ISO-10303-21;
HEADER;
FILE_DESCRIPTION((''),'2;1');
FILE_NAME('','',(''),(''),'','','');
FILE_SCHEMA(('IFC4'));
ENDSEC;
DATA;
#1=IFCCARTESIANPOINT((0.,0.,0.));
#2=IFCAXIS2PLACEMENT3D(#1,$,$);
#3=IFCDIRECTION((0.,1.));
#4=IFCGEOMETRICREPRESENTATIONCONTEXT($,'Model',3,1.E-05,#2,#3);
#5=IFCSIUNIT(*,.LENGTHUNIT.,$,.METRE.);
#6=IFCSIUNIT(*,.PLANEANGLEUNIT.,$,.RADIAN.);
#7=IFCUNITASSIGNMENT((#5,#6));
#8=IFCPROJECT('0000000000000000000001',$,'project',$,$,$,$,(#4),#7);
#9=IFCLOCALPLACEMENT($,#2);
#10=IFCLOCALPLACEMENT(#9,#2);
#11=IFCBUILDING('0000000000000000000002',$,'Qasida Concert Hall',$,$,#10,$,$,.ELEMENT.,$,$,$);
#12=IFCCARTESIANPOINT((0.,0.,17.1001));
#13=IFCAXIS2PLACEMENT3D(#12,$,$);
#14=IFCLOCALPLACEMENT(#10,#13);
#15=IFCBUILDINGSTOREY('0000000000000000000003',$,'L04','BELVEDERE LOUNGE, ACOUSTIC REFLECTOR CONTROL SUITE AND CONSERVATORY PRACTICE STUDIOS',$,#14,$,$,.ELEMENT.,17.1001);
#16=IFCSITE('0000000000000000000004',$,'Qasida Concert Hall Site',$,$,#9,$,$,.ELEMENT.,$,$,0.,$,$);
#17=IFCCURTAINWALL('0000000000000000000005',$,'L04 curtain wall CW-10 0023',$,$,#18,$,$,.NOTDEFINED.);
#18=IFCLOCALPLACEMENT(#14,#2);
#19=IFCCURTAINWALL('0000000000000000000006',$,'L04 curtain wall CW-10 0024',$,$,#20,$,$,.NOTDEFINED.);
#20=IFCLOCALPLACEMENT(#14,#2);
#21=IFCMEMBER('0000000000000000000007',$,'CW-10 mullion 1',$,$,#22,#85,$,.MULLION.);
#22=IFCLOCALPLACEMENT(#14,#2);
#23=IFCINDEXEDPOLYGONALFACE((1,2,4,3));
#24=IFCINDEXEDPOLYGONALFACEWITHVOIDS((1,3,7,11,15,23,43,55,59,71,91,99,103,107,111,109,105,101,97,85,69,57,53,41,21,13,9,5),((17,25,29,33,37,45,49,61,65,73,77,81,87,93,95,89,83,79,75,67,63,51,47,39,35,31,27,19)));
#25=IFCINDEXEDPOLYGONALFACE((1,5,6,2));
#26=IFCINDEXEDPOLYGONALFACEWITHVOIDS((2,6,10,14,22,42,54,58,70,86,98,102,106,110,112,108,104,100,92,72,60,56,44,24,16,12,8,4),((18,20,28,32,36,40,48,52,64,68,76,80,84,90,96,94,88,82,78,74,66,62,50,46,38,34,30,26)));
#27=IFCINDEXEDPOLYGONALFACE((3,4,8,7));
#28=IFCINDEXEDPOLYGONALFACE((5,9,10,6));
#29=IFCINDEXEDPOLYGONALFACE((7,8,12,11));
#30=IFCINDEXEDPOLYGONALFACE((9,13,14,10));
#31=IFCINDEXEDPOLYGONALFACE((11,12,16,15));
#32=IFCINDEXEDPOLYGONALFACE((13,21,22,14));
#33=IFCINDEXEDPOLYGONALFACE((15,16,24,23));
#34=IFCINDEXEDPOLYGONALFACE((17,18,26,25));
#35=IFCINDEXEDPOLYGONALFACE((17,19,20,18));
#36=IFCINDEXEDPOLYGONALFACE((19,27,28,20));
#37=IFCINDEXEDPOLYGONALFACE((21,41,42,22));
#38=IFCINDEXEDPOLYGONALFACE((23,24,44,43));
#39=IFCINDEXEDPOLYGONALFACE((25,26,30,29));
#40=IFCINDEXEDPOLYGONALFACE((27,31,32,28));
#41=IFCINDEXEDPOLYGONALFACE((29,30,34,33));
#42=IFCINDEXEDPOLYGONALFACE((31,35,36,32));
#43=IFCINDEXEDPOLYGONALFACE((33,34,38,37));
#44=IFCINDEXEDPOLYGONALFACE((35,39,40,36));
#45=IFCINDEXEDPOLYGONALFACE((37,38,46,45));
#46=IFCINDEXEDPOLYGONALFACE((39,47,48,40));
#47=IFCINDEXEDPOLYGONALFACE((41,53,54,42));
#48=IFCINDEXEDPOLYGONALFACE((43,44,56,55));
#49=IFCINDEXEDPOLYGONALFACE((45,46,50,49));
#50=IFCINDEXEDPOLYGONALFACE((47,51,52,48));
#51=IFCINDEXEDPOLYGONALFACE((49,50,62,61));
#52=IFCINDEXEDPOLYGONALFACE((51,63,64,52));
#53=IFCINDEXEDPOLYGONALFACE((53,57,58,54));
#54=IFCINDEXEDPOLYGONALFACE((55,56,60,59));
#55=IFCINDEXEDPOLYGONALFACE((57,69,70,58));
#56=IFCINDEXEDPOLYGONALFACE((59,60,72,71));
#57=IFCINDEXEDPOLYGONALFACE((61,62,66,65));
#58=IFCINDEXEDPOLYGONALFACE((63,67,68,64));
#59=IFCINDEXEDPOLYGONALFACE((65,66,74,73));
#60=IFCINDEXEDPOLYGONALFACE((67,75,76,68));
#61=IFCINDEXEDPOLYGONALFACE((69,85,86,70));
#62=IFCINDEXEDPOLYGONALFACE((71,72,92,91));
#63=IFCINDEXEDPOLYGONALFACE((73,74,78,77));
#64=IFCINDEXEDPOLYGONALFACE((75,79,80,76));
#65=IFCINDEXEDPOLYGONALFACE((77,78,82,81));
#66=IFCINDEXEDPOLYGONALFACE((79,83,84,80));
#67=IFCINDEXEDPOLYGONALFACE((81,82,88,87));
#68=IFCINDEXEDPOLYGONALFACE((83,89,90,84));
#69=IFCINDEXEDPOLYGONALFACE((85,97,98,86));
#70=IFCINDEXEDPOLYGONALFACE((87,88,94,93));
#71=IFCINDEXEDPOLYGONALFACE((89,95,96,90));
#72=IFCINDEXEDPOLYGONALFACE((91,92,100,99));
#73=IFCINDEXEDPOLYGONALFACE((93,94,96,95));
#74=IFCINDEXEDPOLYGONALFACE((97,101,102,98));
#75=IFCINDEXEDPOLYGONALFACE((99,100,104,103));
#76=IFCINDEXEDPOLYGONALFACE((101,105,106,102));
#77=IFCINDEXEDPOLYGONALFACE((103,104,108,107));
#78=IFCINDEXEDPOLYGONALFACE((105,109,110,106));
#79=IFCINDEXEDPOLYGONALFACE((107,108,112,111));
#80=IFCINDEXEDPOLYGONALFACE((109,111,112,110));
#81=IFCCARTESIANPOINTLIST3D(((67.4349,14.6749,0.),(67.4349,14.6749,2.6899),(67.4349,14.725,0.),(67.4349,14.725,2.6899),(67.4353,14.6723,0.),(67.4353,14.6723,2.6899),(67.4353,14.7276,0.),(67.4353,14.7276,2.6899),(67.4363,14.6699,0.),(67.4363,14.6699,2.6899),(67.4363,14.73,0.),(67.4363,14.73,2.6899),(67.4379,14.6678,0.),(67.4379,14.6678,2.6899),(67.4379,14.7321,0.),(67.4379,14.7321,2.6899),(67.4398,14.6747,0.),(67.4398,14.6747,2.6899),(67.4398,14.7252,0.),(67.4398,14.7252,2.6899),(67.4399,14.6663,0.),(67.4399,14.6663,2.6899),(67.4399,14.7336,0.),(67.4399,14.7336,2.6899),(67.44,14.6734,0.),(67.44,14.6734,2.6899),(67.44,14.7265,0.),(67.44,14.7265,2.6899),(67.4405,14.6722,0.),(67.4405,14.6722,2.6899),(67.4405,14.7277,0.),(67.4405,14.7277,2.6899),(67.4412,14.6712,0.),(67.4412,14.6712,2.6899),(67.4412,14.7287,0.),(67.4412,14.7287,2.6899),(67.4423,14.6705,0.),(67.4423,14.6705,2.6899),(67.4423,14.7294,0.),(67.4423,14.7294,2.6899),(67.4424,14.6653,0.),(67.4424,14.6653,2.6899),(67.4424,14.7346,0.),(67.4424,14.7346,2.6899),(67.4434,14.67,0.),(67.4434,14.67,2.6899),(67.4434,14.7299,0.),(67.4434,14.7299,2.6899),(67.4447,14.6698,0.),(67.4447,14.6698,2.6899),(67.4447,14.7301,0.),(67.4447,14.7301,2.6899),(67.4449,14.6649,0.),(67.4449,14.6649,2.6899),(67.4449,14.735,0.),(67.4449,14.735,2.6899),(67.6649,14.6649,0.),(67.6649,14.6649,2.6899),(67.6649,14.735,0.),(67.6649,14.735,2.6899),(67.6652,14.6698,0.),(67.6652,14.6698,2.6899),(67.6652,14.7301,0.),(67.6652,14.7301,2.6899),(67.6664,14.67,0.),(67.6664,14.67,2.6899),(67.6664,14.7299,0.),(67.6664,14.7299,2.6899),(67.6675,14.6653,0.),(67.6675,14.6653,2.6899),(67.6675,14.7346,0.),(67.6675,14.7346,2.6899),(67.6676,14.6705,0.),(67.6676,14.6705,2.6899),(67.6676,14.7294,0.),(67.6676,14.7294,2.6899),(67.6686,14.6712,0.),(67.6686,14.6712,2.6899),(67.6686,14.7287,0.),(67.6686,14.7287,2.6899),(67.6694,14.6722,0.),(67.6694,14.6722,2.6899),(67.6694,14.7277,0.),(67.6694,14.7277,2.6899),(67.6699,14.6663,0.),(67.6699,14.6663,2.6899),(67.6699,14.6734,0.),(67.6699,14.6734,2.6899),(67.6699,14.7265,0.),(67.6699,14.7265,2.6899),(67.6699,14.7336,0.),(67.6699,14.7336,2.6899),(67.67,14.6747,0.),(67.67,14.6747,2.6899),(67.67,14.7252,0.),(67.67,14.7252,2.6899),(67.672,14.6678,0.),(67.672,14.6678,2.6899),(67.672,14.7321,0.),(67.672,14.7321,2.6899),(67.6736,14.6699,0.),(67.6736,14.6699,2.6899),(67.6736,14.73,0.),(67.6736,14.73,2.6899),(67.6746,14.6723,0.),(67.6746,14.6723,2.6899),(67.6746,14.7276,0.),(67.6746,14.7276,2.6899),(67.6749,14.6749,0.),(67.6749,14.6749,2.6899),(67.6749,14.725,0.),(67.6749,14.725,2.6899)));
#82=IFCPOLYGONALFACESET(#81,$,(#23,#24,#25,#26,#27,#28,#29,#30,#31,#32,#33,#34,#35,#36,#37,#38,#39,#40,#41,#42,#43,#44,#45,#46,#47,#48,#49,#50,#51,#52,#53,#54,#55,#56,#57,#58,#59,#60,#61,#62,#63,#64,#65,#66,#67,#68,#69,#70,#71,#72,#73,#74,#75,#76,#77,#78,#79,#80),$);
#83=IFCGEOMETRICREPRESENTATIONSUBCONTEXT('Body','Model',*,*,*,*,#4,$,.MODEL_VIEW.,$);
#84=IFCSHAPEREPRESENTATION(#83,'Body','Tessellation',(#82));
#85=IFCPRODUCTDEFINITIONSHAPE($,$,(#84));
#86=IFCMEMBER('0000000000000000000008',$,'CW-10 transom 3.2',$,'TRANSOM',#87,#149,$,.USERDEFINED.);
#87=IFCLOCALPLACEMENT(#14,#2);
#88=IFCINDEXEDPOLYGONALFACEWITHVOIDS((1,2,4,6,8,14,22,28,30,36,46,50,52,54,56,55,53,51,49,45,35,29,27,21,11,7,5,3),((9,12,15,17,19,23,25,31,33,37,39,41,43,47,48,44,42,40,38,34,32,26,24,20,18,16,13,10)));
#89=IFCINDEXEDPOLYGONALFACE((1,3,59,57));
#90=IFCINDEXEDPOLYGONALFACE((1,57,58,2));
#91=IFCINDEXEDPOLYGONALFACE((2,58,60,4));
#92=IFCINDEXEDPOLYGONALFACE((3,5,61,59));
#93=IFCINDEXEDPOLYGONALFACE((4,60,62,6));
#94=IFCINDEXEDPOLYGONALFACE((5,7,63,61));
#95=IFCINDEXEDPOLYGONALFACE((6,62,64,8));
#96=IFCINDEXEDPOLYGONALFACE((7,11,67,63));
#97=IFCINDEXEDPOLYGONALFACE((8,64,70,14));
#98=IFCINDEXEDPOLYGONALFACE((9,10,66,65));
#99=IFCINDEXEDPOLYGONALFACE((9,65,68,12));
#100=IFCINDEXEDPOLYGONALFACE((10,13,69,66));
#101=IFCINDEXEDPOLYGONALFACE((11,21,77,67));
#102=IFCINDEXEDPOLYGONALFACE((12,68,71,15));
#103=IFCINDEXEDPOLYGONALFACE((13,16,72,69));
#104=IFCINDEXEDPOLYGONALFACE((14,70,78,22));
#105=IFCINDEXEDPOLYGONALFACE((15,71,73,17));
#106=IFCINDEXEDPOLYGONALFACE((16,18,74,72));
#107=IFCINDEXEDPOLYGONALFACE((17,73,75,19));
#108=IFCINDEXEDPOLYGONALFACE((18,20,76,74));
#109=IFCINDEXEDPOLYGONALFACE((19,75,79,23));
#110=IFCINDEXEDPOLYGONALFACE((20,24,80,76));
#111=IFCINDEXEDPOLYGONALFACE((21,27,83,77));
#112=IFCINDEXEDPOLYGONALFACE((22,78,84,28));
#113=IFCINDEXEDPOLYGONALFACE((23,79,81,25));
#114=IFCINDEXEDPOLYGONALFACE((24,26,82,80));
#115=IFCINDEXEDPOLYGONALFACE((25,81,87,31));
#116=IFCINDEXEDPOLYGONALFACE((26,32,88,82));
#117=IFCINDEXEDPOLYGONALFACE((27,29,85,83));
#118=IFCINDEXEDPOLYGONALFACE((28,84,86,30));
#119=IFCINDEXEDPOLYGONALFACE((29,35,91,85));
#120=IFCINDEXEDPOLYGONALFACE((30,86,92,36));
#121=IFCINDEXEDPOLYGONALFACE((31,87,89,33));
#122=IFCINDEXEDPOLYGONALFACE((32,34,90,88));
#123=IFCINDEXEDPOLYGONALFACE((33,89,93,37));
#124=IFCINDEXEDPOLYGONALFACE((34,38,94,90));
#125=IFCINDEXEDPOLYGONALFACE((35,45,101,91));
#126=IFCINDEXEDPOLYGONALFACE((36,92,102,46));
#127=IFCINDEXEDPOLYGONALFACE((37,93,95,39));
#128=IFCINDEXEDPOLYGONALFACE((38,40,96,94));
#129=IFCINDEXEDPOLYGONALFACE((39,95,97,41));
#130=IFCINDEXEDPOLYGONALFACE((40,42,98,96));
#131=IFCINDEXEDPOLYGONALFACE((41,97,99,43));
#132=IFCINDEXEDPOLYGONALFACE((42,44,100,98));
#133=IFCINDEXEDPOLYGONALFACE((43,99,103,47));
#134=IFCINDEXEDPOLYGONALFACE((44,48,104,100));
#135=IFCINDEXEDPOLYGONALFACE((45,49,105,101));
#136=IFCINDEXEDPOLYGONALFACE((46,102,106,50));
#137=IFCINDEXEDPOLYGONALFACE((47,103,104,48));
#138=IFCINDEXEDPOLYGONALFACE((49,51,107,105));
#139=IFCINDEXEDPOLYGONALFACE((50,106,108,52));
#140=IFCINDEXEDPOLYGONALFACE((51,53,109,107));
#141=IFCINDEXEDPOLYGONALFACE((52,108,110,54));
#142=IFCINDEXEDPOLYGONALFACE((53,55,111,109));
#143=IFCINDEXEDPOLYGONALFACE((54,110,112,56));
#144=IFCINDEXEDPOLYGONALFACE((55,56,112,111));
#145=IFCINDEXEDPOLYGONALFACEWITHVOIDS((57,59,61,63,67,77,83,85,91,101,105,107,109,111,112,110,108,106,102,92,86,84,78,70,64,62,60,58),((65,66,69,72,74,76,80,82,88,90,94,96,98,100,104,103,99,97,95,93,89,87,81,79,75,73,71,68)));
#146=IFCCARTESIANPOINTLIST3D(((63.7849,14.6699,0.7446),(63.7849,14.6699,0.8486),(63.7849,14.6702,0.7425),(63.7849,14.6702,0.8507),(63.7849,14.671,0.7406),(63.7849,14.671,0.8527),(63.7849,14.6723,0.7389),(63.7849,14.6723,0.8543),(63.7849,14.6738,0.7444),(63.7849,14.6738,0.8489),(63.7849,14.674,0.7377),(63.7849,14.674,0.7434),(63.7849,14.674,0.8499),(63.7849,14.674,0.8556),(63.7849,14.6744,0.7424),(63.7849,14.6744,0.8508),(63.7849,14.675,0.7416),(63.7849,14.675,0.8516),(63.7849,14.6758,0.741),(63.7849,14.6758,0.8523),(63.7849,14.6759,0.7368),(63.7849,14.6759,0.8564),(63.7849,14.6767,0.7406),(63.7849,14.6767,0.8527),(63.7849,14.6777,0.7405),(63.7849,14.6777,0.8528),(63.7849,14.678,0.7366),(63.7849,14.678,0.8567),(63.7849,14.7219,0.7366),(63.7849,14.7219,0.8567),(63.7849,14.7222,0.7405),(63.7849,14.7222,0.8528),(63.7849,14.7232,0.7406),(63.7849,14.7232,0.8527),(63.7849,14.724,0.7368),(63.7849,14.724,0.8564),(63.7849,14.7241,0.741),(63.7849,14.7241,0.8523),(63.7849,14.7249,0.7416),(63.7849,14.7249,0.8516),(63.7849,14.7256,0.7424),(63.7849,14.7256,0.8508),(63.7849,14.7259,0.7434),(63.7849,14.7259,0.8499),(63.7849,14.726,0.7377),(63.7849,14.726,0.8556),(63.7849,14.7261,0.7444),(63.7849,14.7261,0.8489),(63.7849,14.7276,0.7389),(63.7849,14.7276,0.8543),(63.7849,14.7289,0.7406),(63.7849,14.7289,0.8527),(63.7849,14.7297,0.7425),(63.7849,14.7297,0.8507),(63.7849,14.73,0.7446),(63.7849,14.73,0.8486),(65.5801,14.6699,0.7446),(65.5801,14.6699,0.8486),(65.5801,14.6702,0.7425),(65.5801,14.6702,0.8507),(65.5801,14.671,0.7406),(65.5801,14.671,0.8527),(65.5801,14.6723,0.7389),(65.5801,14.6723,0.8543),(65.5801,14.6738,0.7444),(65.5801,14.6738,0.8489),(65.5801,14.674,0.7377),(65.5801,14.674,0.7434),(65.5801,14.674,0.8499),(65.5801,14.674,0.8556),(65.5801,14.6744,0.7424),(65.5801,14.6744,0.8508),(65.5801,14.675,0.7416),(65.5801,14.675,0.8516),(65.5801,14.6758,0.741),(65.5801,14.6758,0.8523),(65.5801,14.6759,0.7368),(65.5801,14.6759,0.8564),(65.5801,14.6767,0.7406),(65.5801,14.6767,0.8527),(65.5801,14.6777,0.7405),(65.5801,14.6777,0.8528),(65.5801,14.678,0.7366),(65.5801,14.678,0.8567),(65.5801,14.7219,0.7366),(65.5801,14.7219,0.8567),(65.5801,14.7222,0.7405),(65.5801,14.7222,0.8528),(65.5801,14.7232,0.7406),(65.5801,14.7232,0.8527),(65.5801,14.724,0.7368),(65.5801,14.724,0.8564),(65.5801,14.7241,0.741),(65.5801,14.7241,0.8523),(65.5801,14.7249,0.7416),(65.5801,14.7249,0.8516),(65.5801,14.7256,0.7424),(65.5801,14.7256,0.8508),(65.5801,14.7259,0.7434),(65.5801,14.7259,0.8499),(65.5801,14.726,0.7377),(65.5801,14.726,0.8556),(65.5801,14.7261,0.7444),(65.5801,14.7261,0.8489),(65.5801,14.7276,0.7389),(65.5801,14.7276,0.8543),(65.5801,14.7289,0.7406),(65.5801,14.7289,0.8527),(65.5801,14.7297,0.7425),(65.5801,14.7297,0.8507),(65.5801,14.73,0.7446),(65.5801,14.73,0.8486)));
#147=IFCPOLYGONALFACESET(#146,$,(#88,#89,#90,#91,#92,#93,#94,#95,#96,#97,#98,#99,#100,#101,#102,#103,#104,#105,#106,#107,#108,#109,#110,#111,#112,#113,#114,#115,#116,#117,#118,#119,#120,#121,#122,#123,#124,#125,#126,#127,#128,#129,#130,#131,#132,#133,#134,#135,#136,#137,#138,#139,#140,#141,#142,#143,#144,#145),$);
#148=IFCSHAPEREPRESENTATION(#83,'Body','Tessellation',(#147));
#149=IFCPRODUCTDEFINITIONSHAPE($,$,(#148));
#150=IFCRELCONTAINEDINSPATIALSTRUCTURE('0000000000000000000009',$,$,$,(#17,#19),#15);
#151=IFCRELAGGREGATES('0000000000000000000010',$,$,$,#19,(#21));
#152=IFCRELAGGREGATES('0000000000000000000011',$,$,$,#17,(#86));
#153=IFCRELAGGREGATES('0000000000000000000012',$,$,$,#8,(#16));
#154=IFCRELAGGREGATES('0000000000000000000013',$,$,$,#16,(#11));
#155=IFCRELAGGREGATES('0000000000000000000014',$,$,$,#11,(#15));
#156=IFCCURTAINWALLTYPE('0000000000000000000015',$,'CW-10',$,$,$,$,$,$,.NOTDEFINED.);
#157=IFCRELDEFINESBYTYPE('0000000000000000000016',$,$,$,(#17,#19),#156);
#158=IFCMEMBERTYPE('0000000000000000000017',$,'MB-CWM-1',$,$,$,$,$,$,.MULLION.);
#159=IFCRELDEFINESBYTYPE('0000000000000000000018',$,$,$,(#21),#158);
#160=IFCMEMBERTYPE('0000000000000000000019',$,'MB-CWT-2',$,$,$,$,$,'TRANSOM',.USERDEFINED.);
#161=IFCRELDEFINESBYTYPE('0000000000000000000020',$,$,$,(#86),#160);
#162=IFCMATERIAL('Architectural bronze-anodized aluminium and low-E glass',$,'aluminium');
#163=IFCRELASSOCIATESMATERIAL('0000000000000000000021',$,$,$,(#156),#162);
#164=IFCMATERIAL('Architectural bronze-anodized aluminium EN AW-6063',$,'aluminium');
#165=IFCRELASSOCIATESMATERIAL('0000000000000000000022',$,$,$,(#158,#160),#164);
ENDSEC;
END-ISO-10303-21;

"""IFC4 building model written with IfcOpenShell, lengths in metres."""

from ifc_helpers import new_model, si_unit, direction, frame, origin, origin_2d, place, context, subcontext, project, spatial, hollow_rectangle, extrude, material, material_profile, profile_set, type_object, element, aggregate, save


model = new_model("IFC4")

# Units and contexts
model_context = context("Model", 3, precision=1e-05, world=origin(), true_north=direction((0.0, 1.0)))
body_context = subcontext(model_context, "Body", "Model", "MODEL_VIEW")
ifc_project = project(units=[si_unit("LENGTHUNIT", "METRE"), si_unit("PLANEANGLEUNIT", "RADIAN")], contexts=[model_context])

# Site, building, storey
site_placement = place(None, origin())
site = spatial("IfcSite", under=ifc_project, at=site_placement, Name="Qasida Concert Hall Site", CompositionType="ELEMENT", RefElevation=0.0)
building_placement = place(site_placement, origin())
building = spatial("IfcBuilding", under=site, at=building_placement, Name="Qasida Concert Hall", CompositionType="ELEMENT")
storey_placement = place(building_placement, frame((0.0, 0.0, 17.1001)))
storey = spatial("IfcBuildingStorey", under=building, at=storey_placement, Name="L04", Description="BELVEDERE LOUNGE, ACOUSTIC REFLECTOR CONTROL SUITE AND CONSERVATORY PRACTICE STUDIOS", CompositionType="ELEMENT", Elevation=17.1001)

# Curtain wall
ifc_material_1 = material(Name="Architectural bronze-anodized aluminium and low-E glass", Category="aluminium")
curtain_wall_type = type_object("IfcCurtainWallType", Name="CW-10", PredefinedType="NOTDEFINED", material=ifc_material_1)
curtain_wall_1_placement = place(storey_placement, origin())
curtain_wall_1 = element("IfcCurtainWall", 1, at=curtain_wall_1_placement, inside=storey, type_object=curtain_wall_type, Name="L04 curtain wall CW-10 0023", PredefinedType="NOTDEFINED")
ifc_material_2 = material(Name="Architectural bronze-anodized aluminium EN AW-6063", Category="aluminium")
ifc_material_profile_1 = material_profile(ifc_material_2, hollow_rectangle(XDim=0.0701, YDim=0.24, WallThickness=0.0049, InnerFilletRadius=0.0049, OuterFilletRadius=0.01, at=origin_2d()), Name="CWM 240x70x5")
ifc_profile_set_1 = profile_set([ifc_material_profile_1], Name="Architectural bronze-anodized aluminium EN AW-6063")
member_type_1 = type_object("IfcMemberType", Name="MB-CWM-1", PredefinedType="MULLION", material=ifc_profile_set_1)

# Curtain wall, member
curtain_wall_2_placement = place(storey_placement, origin())
curtain_wall_2 = element("IfcCurtainWall", 2, at=curtain_wall_2_placement, inside=storey, type_object=curtain_wall_type, Name="L04 curtain wall CW-10 0024", PredefinedType="NOTDEFINED")
member_1_placement = place(storey_placement, frame((67.5549, 14.7, 0.0), z_axis=(0.0, 0.0, 1.0), x_axis=(0.0, 1.0, 0.0)))
member_1 = element("IfcMember", 3, at=member_1_placement, type_object=member_type_1, Name="CW-10 mullion 1", PredefinedType="MULLION", context=body_context, shape_type="SweptSolid", body=[
    extrude(hollow_rectangle(XDim=0.0701, YDim=0.24, WallThickness=0.0049, InnerFilletRadius=0.0049, OuterFilletRadius=0.01, at=origin_2d()), origin(), (0.0, 0.0, 1.0), 2.6899),
])

# Member
ifc_material_profile_2 = material_profile(ifc_material_2, hollow_rectangle(XDim=0.0601, YDim=0.1201, WallThickness=0.0039, InnerFilletRadius=0.0039, OuterFilletRadius=0.0081, at=origin_2d()), Name="CWT 120x60x4")
ifc_profile_set_2 = profile_set([ifc_material_profile_2], Name="Architectural bronze-anodized aluminium EN AW-6063")
member_type_2 = type_object("IfcMemberType", Name="MB-CWT-2", ElementType="TRANSOM", PredefinedType="USERDEFINED", material=ifc_profile_set_2)
member_2_placement = place(storey_placement, frame((63.7849, 14.7, 0.7966), z_axis=(1.0, 0.0, 0.0), x_axis=(0.0, 1.0, 0.0)))
member_2 = element("IfcMember", 4, at=member_2_placement, type_object=member_type_2, Name="CW-10 transom 3.2", ObjectType="TRANSOM", PredefinedType="USERDEFINED", context=body_context, shape_type="SweptSolid", body=[
    extrude(hollow_rectangle(XDim=0.0601, YDim=0.1201, WallThickness=0.0039, InnerFilletRadius=0.0039, OuterFilletRadius=0.0081, at=origin_2d()), origin(), (0.0, 0.0, 1.0), 1.7952),
])
aggregate(curtain_wall_2, [member_1])

aggregate(curtain_wall_1, [member_2])

save(model, "model.ifc")
